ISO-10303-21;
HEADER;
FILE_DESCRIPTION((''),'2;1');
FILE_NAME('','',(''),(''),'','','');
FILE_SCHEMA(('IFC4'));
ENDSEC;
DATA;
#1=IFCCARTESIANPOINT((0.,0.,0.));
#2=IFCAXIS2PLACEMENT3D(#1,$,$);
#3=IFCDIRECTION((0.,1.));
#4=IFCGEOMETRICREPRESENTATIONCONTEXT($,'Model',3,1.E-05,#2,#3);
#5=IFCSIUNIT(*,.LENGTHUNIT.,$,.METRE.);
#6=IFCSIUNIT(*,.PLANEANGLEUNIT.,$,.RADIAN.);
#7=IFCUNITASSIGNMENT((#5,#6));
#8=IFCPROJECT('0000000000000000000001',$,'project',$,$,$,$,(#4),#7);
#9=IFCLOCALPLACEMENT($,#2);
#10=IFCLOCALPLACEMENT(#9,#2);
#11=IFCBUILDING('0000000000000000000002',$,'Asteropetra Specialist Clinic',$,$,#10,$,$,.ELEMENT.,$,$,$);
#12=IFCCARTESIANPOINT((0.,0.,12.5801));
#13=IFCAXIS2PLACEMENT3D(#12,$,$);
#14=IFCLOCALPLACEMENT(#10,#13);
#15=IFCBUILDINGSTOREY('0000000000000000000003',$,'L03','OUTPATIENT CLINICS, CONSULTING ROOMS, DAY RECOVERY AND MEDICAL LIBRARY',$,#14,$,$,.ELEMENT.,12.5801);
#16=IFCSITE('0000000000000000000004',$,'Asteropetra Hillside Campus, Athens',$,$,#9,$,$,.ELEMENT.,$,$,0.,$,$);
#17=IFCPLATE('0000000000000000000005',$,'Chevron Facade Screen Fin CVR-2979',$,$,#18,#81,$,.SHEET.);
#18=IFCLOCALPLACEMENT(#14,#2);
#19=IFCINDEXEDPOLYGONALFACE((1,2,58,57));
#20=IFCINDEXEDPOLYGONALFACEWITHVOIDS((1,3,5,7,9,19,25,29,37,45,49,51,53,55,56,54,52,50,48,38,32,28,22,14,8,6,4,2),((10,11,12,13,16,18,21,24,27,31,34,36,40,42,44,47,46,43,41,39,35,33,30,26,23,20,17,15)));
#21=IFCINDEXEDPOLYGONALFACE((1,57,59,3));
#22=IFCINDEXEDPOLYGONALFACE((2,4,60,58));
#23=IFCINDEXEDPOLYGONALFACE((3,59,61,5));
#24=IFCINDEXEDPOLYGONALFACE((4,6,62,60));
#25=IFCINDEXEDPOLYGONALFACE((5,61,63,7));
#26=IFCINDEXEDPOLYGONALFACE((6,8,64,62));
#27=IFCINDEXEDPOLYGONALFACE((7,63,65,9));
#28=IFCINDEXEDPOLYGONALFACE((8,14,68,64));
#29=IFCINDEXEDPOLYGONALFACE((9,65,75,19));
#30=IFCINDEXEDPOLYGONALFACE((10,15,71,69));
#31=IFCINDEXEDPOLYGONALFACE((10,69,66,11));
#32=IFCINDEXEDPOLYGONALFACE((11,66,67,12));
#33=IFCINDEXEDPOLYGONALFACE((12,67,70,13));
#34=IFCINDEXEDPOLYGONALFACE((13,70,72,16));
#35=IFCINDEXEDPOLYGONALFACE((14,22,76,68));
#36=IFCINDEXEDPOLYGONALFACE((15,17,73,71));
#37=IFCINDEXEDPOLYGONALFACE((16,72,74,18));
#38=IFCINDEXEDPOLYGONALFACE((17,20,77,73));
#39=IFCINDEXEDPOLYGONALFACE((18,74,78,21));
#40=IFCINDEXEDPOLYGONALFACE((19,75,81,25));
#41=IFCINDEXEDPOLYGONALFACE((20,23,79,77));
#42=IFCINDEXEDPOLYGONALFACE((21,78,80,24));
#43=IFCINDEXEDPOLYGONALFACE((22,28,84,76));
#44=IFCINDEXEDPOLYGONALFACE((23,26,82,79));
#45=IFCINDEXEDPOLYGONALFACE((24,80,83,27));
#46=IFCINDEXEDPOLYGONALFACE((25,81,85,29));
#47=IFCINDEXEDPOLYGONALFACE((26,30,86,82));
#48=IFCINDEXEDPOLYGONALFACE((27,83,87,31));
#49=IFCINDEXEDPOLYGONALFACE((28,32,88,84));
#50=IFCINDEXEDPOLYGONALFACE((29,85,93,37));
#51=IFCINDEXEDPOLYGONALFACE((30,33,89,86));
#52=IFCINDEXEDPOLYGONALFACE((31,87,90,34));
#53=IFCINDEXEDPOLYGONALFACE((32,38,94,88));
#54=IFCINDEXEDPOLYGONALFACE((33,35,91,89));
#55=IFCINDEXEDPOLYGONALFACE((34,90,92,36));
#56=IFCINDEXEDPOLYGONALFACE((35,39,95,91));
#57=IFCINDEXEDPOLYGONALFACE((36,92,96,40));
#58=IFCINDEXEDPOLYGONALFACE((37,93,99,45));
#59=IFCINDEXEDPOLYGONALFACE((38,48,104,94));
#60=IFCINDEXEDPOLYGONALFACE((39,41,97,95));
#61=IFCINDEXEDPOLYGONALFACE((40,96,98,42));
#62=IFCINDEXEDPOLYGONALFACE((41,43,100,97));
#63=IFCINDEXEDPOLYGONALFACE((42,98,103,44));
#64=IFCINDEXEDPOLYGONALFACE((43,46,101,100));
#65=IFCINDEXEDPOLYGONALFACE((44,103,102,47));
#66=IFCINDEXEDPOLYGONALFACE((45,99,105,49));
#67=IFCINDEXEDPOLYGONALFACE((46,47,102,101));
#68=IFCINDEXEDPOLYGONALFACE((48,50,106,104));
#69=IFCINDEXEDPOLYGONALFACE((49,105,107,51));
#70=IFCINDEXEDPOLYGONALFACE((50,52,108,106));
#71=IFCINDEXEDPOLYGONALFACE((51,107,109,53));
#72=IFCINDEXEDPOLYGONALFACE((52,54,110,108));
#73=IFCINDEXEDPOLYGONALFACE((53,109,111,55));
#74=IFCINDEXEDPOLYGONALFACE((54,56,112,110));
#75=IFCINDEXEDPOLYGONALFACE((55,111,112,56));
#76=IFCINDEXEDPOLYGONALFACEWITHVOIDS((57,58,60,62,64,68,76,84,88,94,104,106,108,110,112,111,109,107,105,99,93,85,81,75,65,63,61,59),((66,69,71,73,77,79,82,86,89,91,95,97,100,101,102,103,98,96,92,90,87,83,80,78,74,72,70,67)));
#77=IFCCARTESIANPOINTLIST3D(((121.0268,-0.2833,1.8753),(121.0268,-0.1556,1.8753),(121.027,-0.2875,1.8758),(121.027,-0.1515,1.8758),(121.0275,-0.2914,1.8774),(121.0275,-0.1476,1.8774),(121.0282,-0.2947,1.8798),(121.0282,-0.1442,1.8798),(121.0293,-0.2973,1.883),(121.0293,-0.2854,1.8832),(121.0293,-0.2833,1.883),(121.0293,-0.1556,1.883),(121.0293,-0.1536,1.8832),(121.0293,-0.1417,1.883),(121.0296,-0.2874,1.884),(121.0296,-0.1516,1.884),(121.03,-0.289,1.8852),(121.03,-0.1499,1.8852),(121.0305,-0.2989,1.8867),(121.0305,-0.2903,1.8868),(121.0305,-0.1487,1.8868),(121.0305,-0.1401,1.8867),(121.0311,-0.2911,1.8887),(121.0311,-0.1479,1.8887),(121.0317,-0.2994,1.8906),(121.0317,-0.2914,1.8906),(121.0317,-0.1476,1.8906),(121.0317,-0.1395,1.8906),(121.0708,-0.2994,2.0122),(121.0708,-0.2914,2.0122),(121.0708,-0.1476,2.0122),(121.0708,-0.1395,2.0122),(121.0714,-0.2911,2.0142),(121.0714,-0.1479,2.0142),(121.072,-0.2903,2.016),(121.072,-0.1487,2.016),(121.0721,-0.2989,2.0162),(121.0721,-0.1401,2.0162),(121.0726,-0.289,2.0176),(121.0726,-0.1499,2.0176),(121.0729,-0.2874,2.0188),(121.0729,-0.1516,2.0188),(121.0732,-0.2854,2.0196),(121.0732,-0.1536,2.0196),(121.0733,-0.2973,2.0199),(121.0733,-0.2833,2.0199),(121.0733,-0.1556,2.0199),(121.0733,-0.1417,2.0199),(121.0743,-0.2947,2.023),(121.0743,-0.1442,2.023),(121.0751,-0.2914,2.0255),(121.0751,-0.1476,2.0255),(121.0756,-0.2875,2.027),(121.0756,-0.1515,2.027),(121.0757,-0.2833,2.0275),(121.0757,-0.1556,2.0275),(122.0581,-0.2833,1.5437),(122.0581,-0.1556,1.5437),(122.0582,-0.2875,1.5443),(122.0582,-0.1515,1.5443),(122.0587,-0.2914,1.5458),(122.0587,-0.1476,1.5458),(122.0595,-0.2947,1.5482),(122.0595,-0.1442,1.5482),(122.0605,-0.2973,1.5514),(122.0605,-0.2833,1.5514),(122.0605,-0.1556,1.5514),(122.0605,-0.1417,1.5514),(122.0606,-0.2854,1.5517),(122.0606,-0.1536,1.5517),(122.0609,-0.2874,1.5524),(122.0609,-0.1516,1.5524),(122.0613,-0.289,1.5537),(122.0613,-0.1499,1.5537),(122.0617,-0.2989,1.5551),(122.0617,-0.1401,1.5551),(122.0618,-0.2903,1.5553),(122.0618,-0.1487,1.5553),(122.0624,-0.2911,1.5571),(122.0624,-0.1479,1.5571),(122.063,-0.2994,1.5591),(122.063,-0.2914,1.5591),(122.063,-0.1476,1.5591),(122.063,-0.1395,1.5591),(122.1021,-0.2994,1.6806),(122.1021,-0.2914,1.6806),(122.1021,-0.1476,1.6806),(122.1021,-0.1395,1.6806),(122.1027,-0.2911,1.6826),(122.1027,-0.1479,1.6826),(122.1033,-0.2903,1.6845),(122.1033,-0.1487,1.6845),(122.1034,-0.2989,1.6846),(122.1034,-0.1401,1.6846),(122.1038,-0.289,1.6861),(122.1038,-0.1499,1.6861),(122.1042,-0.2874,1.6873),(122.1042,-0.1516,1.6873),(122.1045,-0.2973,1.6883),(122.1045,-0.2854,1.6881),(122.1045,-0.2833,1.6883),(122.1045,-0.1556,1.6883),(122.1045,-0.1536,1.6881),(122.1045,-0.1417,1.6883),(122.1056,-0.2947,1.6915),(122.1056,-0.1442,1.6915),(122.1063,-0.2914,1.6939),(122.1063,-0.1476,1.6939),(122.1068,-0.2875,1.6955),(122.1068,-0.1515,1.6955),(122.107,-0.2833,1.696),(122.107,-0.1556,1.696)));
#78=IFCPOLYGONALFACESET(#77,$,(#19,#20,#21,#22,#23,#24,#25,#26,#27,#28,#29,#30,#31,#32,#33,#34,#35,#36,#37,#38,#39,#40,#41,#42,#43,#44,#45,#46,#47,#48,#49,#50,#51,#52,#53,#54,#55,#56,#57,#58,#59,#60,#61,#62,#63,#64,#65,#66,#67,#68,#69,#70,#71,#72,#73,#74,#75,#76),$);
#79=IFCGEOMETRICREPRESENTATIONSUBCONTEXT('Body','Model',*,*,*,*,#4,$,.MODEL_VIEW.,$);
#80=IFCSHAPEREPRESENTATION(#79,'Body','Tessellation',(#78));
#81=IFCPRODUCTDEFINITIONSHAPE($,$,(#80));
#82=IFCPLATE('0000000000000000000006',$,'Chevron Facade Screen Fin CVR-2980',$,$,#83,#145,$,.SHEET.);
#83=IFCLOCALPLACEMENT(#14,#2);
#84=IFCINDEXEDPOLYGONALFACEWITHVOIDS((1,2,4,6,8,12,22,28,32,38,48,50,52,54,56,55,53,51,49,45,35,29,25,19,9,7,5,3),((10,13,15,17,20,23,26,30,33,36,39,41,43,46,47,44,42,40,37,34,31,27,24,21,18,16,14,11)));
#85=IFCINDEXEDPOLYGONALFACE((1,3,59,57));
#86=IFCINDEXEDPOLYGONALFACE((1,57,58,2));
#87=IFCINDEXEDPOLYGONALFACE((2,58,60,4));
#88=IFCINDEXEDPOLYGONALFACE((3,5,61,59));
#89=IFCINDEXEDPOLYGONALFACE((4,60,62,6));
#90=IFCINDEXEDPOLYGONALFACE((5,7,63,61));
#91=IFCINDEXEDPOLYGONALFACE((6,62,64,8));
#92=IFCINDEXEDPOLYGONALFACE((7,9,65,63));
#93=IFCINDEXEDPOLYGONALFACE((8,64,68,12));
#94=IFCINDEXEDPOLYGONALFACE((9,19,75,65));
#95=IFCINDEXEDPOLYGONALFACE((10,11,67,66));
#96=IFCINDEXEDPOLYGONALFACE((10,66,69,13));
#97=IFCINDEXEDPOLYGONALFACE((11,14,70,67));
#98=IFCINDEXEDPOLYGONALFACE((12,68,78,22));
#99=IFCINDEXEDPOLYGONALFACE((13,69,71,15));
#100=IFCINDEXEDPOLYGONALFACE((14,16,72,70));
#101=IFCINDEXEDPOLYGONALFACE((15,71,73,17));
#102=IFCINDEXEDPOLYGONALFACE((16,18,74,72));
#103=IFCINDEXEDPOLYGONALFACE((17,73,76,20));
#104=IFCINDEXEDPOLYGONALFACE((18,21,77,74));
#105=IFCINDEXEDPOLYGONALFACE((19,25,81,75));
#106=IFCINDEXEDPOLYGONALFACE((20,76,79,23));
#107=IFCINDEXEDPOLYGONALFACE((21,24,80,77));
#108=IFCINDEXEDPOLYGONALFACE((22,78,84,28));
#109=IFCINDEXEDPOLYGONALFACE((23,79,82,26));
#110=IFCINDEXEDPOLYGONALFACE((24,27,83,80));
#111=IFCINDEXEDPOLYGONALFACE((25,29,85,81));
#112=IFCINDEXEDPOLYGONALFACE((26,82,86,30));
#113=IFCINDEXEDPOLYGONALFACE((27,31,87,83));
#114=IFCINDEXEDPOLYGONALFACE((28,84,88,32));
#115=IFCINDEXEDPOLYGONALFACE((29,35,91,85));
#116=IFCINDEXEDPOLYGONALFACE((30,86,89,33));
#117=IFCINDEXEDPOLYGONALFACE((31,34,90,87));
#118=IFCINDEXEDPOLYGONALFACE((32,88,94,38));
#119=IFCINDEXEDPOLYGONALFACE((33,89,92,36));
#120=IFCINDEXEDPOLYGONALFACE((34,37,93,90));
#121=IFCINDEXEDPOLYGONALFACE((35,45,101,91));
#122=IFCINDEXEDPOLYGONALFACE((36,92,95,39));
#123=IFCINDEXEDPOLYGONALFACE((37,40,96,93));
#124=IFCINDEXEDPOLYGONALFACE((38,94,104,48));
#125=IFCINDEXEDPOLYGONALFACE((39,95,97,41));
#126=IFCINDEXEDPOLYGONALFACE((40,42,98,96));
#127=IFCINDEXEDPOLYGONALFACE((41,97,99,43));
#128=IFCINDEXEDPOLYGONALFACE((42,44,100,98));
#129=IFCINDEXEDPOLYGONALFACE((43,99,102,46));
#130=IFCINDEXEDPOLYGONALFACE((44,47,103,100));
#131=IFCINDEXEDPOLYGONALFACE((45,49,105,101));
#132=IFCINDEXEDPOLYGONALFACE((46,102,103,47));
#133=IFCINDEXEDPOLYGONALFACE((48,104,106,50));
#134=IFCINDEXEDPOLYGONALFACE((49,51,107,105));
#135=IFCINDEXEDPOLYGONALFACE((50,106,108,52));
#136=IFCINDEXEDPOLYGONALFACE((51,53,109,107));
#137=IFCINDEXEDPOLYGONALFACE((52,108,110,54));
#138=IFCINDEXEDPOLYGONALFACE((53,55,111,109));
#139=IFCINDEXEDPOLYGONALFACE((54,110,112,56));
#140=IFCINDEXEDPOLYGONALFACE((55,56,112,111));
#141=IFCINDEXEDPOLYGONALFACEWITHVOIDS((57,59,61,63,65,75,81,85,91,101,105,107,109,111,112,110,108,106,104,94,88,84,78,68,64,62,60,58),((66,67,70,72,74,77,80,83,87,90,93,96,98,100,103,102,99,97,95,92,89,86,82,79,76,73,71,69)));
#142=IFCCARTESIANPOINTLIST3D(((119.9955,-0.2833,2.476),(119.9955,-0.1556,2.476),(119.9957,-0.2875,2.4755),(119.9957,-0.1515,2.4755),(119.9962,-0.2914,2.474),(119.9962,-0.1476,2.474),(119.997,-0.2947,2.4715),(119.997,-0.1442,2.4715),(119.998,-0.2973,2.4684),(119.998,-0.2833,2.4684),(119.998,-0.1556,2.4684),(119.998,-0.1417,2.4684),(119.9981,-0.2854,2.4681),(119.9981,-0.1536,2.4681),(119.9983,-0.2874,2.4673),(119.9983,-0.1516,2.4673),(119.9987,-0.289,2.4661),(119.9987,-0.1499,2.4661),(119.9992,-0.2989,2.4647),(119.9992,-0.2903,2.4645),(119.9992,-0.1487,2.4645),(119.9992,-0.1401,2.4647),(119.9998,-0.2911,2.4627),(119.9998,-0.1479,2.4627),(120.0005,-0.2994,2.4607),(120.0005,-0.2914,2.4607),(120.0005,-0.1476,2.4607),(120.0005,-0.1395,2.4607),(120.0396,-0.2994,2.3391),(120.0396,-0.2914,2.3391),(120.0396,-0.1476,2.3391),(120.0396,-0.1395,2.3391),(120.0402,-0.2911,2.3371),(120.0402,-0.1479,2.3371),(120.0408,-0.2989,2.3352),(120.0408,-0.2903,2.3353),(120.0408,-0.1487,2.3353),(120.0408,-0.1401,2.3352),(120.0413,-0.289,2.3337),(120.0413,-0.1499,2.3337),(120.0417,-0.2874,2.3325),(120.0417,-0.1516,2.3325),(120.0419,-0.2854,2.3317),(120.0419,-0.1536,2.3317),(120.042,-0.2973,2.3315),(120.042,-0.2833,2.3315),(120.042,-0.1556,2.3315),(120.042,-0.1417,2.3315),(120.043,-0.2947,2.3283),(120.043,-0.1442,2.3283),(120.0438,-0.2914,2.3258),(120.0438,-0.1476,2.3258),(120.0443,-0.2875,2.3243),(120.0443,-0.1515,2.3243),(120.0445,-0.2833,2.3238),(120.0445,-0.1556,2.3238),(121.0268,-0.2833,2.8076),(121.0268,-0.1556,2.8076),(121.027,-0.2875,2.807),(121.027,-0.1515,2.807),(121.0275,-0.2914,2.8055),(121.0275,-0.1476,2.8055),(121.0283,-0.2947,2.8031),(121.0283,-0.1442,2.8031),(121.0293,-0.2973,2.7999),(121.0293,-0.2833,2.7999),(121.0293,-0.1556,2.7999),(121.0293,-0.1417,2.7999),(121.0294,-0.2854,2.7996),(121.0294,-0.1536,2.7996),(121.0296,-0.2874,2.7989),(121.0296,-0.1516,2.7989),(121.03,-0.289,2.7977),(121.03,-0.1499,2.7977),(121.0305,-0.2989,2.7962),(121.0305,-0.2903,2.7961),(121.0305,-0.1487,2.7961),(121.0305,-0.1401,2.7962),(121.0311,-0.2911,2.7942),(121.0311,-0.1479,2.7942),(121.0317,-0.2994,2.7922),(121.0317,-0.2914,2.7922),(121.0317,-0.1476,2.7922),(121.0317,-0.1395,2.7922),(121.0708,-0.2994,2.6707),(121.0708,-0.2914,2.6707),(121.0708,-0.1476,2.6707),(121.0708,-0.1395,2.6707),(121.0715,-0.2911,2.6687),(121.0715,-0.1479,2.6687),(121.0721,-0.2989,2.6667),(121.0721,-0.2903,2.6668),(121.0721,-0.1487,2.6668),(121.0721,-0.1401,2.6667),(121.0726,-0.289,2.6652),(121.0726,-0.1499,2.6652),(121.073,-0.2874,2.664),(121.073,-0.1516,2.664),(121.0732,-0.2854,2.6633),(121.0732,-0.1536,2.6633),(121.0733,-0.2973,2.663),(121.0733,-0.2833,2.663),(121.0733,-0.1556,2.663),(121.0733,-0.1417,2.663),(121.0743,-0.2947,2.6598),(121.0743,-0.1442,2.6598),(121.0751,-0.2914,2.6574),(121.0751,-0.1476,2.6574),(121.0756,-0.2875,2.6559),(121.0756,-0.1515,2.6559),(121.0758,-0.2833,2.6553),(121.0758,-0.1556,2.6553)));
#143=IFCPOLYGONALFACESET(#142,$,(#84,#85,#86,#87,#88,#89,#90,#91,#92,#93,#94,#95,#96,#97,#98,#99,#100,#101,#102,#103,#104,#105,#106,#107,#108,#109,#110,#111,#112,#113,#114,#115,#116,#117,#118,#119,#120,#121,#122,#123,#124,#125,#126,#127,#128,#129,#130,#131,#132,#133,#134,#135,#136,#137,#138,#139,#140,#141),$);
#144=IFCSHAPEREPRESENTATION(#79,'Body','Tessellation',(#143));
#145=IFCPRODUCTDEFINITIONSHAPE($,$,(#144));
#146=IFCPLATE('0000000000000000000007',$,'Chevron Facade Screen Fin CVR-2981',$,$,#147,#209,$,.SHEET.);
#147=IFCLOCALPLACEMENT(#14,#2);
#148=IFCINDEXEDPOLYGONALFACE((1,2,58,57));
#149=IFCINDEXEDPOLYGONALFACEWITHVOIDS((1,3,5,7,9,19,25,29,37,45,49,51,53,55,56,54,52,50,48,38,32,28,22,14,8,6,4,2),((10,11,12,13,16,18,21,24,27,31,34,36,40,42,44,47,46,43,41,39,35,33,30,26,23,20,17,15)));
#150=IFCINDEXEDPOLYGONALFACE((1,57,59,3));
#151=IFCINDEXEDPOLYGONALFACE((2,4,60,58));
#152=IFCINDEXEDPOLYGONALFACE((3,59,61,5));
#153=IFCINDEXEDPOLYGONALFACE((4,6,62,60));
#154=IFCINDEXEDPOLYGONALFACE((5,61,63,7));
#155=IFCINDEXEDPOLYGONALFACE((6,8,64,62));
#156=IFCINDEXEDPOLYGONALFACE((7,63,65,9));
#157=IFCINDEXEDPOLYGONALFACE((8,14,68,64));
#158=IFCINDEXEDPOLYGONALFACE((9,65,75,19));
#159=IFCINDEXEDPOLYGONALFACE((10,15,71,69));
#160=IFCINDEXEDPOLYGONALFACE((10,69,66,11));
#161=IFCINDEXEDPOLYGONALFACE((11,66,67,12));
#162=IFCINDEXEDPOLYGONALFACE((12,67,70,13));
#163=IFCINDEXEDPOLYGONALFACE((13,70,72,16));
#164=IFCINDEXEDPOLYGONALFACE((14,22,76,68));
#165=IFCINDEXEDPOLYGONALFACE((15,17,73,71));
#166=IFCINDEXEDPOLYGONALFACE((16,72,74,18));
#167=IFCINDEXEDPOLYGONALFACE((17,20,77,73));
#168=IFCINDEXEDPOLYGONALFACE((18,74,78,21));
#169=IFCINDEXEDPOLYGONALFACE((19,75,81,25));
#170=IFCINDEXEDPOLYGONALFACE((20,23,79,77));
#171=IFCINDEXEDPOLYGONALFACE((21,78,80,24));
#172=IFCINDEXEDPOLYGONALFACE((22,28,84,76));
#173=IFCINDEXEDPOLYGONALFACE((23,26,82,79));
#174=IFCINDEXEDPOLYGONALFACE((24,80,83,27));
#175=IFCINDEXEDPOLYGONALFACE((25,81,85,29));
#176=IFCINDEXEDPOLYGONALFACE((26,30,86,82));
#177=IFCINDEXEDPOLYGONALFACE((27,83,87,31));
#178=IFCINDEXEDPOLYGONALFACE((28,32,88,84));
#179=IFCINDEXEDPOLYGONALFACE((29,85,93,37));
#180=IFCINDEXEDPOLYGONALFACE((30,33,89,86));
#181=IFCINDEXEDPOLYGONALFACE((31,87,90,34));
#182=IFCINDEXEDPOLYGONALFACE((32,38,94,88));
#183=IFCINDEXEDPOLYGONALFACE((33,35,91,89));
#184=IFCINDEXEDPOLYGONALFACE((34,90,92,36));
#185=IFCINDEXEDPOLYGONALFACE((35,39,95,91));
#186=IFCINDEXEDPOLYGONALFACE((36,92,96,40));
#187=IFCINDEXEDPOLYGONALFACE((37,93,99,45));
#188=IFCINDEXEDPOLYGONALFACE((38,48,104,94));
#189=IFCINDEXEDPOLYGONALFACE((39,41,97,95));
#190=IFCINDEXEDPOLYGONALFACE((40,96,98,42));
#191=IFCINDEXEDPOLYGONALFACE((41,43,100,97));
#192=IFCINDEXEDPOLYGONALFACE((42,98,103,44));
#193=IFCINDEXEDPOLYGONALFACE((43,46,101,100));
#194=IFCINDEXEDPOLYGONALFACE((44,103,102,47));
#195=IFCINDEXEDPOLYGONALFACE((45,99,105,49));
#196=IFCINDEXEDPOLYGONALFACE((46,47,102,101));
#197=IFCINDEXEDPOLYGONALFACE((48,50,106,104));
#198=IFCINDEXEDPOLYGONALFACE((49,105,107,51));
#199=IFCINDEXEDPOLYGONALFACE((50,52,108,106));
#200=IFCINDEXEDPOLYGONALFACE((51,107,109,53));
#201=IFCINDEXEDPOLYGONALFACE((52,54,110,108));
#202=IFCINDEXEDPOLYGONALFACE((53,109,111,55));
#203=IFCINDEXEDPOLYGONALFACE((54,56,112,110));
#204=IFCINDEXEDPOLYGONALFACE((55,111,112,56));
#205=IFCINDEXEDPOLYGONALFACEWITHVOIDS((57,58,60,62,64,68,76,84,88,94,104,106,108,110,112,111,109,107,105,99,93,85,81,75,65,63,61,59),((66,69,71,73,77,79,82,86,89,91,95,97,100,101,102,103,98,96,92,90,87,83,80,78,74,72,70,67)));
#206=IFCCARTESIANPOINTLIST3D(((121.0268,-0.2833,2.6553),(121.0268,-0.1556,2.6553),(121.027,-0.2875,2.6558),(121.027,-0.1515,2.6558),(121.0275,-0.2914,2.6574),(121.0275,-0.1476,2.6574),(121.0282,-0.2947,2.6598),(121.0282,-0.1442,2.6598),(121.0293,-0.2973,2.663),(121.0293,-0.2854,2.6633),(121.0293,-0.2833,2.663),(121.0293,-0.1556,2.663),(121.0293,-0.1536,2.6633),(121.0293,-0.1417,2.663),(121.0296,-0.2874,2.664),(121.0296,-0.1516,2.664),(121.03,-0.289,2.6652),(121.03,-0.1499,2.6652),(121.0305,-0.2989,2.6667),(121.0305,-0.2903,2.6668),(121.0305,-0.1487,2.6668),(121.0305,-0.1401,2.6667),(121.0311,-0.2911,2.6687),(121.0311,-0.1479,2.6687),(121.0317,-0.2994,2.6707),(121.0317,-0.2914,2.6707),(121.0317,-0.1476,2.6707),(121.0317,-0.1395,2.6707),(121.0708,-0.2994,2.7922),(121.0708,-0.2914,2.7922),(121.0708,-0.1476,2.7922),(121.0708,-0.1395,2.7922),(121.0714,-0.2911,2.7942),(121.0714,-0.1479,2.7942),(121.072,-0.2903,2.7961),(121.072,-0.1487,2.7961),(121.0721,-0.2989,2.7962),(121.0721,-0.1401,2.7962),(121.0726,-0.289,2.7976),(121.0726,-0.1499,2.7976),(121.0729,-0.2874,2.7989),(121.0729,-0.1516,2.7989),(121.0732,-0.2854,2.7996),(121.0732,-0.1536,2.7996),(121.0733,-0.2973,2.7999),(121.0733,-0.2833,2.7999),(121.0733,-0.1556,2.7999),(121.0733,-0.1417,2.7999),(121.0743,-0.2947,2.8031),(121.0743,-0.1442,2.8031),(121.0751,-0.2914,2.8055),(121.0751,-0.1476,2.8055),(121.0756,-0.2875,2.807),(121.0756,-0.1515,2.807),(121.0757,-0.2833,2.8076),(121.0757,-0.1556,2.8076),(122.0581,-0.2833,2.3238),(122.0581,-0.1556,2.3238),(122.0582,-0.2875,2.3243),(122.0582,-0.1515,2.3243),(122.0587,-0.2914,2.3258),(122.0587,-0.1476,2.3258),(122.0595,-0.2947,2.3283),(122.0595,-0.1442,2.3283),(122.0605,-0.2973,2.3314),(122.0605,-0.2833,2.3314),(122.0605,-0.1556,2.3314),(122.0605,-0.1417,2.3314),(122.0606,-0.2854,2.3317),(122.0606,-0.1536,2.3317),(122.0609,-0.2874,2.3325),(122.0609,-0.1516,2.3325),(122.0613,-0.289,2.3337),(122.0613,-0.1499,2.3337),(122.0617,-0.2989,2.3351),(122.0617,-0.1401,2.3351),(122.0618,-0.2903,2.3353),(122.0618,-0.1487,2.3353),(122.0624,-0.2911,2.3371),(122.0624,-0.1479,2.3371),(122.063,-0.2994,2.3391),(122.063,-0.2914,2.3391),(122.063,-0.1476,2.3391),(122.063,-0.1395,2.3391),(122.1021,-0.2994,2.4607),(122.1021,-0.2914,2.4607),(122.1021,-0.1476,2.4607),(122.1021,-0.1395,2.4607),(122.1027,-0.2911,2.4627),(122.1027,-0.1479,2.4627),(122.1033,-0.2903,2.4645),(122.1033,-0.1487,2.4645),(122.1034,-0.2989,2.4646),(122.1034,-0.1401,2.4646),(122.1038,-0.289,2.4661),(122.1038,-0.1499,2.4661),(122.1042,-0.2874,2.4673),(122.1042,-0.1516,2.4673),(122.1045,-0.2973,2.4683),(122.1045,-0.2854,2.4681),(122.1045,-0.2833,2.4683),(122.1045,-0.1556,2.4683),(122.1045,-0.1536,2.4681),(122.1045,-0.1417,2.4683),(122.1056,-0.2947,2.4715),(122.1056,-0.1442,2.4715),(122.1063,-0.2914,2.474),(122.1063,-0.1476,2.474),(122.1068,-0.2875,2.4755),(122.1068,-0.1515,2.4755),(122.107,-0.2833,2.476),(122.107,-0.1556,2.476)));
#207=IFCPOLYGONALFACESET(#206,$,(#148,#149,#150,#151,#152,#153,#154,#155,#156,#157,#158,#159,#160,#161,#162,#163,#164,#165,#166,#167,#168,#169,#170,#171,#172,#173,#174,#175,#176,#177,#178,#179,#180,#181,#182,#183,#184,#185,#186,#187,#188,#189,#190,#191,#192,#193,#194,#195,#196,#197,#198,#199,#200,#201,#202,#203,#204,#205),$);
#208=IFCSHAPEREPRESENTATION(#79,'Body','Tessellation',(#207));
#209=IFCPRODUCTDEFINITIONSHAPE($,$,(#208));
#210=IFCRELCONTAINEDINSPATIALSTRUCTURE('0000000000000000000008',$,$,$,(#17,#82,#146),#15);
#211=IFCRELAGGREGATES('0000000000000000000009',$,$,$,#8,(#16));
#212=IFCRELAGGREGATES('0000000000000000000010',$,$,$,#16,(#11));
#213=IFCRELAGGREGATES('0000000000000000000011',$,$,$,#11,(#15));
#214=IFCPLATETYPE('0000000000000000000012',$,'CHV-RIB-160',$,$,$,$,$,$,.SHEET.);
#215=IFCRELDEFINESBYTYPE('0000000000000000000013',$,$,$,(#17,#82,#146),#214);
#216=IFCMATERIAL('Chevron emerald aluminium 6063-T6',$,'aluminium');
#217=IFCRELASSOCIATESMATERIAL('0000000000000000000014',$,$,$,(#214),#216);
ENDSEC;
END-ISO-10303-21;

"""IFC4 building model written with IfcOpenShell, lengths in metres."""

from ifc_helpers import new_model, si_unit, direction, frame, origin, origin_2d, place, context, subcontext, project, spatial, hollow_rectangle, extrude, material, material_profile, profile_set, type_object, element, save


model = new_model("IFC4")

# Units and contexts
model_context = context("Model", 3, precision=1e-05, world=origin(), true_north=direction((0.0, 1.0)))
body_context = subcontext(model_context, "Body", "Model", "MODEL_VIEW")
ifc_project = project(units=[si_unit("LENGTHUNIT", "METRE"), si_unit("PLANEANGLEUNIT", "RADIAN")], contexts=[model_context])

# Site, building, storey
site_placement = place(None, origin())
site = spatial("IfcSite", under=ifc_project, at=site_placement, Name="Asteropetra Hillside Campus, Athens", CompositionType="ELEMENT", RefElevation=0.0)
building_placement = place(site_placement, origin())
building = spatial("IfcBuilding", under=site, at=building_placement, Name="Asteropetra Specialist Clinic", CompositionType="ELEMENT")
storey_placement = place(building_placement, frame((0.0, 0.0, 12.5801)))
storey = spatial("IfcBuildingStorey", under=building, at=storey_placement, Name="L03", Description="OUTPATIENT CLINICS, CONSULTING ROOMS, DAY RECOVERY AND MEDICAL LIBRARY", CompositionType="ELEMENT", Elevation=12.5801)

# Plates
ifc_material_1 = material(Name="Chevron emerald aluminium 6063-T6", Category="aluminium")
ifc_material_profile_1 = material_profile(ifc_material_1, hollow_rectangle(XDim=0.1599, YDim=0.1599, WallThickness=0.0081, InnerFilletRadius=0.0081, OuterFilletRadius=0.0161, at=origin_2d()), Name="SHS 160x160x8.0")
ifc_profile_set_1 = profile_set([ifc_material_profile_1], Name="Chevron emerald aluminium 6063-T6")
plate_type_1 = type_object("IfcPlateType", Name="CHV-RIB-160", PredefinedType="SHEET", material=ifc_profile_set_1)
for number, where, z_axis, x_axis, name in (
    (1, (121.0513, -0.2195, 1.9514), (0.95201, 0.0, -0.306068), (0.0, 1.0, 0.0), "Chevron Facade Screen Fin CVR-2979"),
    (2, (120.02, -0.2195, 2.3999), (0.95201, 0.0, 0.306068), (0.0, 1.0, 0.0), "Chevron Facade Screen Fin CVR-2980"),
    (3, (121.0513, -0.2195, 2.7314), (0.95201, 0.0, -0.306068), (0.0, 1.0, 0.0), "Chevron Facade Screen Fin CVR-2981"),
):
    element("IfcPlate", number, at=place(storey_placement, frame(where, z_axis=z_axis, x_axis=x_axis)), inside=storey, type_object=plate_type_1, Name=name, PredefinedType="SHEET", context=body_context, shape_type="SweptSolid", body=[
        extrude(hollow_rectangle(XDim=0.1599, YDim=0.1599, WallThickness=0.0081, InnerFilletRadius=0.0081, OuterFilletRadius=0.0161, at=origin_2d()), origin(), (0.0, 0.0, 1.0), 1.0833),
    ])

save(model, "model.ifc")
